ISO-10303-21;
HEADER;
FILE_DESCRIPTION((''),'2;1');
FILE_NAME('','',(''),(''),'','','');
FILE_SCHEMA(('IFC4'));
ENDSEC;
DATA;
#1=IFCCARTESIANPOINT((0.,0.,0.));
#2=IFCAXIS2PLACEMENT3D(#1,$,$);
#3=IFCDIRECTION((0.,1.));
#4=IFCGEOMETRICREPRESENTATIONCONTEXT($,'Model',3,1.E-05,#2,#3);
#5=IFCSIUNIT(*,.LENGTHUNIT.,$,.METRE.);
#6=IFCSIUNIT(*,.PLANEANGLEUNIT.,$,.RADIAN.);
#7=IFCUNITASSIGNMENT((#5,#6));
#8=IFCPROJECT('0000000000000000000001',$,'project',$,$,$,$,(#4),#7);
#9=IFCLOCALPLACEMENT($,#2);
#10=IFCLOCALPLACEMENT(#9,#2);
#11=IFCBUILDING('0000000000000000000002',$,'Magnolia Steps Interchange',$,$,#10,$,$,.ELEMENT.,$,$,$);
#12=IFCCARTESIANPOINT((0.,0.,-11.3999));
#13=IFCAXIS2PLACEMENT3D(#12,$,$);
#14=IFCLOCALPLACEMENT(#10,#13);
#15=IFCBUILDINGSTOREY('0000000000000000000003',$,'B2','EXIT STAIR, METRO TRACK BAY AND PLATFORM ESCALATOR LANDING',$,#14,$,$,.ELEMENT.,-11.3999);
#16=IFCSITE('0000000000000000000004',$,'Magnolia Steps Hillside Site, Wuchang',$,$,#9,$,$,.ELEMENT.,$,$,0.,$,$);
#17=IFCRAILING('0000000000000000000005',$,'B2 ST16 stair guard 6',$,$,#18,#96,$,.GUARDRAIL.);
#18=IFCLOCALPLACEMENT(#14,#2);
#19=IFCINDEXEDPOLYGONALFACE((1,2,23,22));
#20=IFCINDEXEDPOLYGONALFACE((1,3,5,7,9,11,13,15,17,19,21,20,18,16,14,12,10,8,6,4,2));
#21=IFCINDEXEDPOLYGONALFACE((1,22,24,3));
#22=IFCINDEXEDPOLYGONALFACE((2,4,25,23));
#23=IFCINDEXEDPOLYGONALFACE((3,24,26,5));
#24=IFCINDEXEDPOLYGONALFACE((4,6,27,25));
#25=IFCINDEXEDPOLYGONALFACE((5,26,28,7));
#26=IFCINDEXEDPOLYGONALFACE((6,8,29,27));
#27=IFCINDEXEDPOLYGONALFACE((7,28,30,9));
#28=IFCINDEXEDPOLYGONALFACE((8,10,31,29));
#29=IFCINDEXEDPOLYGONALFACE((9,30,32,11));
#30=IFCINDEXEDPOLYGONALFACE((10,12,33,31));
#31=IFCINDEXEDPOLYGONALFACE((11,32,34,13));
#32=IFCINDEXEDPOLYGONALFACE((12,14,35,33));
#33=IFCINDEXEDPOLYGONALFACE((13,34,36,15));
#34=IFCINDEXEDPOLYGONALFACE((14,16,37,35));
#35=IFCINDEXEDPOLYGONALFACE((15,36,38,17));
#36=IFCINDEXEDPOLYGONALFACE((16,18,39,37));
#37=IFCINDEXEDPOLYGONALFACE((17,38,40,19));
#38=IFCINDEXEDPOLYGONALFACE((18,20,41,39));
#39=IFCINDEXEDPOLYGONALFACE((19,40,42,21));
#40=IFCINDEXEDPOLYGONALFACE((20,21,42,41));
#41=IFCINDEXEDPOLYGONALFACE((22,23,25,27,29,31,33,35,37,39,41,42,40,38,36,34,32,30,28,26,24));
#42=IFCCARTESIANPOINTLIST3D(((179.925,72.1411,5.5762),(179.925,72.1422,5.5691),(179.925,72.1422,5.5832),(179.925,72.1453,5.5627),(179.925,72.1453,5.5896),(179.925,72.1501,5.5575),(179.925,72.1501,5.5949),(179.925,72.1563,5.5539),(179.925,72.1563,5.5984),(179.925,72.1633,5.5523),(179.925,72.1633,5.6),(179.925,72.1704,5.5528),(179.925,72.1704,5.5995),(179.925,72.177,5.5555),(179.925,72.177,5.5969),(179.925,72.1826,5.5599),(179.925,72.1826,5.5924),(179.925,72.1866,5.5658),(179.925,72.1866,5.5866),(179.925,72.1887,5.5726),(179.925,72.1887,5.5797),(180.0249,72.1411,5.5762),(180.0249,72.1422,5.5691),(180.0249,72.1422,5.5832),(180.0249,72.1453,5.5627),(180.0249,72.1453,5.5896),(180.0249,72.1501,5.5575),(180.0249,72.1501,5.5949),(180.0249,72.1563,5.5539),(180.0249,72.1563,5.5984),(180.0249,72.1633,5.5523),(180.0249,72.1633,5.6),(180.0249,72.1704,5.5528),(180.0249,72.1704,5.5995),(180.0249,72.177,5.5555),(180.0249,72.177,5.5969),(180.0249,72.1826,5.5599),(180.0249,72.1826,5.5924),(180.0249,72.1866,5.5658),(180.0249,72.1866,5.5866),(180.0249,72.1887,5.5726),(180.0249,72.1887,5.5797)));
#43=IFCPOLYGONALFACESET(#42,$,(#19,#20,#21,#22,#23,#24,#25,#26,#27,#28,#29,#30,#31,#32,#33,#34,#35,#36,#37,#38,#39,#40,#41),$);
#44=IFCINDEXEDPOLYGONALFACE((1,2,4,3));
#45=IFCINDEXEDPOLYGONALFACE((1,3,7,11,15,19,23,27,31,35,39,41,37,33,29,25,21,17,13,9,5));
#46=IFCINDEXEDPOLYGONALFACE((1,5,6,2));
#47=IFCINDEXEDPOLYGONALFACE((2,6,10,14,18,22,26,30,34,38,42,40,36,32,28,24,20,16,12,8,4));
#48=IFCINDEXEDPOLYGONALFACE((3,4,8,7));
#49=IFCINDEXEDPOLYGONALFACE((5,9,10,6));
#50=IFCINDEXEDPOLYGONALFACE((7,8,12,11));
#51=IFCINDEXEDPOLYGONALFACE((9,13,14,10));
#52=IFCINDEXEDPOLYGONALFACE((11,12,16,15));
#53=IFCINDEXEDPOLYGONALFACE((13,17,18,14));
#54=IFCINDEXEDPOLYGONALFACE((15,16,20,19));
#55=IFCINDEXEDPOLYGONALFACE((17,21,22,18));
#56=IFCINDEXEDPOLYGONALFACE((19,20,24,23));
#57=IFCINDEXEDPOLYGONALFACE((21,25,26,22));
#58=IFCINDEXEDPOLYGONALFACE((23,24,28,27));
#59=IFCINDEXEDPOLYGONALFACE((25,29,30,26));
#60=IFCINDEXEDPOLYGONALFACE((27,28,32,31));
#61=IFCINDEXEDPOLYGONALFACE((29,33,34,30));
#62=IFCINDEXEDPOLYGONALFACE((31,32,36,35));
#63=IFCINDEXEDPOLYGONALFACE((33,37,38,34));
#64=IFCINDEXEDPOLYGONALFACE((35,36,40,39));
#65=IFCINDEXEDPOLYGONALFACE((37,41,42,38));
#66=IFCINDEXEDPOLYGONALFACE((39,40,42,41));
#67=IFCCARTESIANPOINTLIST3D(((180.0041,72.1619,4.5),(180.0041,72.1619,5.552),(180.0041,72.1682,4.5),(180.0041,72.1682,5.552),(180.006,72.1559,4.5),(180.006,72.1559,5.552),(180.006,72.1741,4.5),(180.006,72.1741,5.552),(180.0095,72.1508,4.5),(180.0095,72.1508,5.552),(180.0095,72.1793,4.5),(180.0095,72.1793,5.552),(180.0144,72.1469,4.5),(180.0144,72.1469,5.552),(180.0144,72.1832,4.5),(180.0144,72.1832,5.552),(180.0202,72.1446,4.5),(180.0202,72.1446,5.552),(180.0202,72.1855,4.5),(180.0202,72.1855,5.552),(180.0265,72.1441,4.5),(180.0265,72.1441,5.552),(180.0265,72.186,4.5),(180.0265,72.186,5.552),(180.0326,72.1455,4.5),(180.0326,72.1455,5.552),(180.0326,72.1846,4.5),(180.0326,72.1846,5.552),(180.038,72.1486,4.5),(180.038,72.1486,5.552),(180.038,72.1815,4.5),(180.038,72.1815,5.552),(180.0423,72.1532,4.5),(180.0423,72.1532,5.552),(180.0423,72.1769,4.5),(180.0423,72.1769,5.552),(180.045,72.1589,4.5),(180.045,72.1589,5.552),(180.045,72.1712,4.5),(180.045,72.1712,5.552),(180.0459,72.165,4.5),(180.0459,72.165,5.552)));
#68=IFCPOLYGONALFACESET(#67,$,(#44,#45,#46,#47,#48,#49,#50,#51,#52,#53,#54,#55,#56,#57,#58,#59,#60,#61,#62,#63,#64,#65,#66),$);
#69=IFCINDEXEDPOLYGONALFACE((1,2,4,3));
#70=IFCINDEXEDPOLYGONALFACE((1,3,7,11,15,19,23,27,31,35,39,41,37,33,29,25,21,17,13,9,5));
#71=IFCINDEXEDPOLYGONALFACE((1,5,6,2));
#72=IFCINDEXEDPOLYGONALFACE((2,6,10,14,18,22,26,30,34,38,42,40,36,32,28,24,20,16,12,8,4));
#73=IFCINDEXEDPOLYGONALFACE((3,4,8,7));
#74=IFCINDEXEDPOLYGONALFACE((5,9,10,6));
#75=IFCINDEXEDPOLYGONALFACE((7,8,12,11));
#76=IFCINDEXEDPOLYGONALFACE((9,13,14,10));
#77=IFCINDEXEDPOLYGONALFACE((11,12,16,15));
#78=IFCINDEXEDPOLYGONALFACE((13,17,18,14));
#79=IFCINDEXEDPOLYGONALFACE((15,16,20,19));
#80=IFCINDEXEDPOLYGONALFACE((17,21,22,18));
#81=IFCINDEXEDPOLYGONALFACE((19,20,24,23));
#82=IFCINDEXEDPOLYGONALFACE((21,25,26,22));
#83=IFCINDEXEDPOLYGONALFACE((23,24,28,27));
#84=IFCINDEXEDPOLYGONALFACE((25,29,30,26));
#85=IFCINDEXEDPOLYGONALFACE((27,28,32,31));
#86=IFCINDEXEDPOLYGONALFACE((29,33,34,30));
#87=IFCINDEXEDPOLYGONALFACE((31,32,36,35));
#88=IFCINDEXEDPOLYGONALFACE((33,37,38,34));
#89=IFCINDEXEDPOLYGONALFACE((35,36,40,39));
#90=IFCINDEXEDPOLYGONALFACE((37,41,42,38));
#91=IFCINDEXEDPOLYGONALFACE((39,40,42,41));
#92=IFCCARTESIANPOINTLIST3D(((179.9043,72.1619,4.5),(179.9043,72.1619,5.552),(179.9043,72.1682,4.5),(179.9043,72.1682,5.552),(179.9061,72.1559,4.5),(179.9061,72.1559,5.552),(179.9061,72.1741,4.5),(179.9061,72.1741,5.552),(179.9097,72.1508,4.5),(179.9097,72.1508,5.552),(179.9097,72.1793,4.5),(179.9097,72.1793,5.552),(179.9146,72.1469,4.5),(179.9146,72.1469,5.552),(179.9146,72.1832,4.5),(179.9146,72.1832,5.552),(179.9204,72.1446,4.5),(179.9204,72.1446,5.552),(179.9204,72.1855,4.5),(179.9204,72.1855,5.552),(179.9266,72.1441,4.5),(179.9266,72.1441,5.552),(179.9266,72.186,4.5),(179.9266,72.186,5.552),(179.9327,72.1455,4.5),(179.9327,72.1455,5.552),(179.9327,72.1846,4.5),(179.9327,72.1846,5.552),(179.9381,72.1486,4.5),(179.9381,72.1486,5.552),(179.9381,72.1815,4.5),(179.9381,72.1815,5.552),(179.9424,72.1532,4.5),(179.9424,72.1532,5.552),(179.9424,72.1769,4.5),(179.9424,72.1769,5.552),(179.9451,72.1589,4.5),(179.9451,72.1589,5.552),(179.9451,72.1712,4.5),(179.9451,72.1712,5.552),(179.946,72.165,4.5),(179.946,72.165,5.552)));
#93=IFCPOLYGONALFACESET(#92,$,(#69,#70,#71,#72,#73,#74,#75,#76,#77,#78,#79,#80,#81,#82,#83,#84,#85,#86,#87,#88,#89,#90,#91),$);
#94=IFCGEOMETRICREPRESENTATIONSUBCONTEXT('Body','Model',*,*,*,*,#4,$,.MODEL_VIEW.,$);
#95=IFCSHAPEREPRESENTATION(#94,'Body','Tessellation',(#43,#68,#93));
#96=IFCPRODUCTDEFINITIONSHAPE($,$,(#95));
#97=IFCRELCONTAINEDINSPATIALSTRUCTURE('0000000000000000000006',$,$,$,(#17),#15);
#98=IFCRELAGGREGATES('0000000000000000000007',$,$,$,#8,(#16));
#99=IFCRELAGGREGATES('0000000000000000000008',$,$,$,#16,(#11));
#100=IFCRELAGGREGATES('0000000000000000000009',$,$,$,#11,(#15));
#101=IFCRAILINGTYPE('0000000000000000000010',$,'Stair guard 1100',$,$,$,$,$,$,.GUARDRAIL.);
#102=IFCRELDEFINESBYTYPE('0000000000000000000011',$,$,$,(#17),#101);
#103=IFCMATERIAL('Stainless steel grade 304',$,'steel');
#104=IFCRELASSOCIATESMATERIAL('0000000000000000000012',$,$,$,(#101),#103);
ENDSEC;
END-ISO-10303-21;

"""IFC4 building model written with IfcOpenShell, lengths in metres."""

from ifc_helpers import new_model, si_unit, direction, frame, origin, origin_2d, place, context, subcontext, project, spatial, circle, extrude, material, type_object, element, save


model = new_model("IFC4")

# Units and contexts
model_context = context("Model", 3, precision=1e-05, world=origin(), true_north=direction((0.0, 1.0)))
body_context = subcontext(model_context, "Body", "Model", "MODEL_VIEW")
ifc_project = project(units=[si_unit("LENGTHUNIT", "METRE"), si_unit("PLANEANGLEUNIT", "RADIAN")], contexts=[model_context])

# Site, building, storey
site_placement = place(None, origin())
site = spatial("IfcSite", under=ifc_project, at=site_placement, Name="Magnolia Steps Hillside Site, Wuchang", CompositionType="ELEMENT", RefElevation=0.0)
building_placement = place(site_placement, origin())
building = spatial("IfcBuilding", under=site, at=building_placement, Name="Magnolia Steps Interchange", CompositionType="ELEMENT")
storey_placement = place(building_placement, frame((0.0, 0.0, -11.3999)))
storey = spatial("IfcBuildingStorey", under=building, at=storey_placement, Name="B2", Description="EXIT STAIR, METRO TRACK BAY AND PLATFORM ESCALATOR LANDING", CompositionType="ELEMENT", Elevation=-11.3999)

# Railing
ifc_material_1 = material(Name="Stainless steel grade 304", Category="steel")
railing_type_1 = type_object("IfcRailingType", Name="Stair guard 1100", PredefinedType="GUARDRAIL", material=ifc_material_1)
railing_1_placement = place(storey_placement, frame((180.0249, 72.165, 4.5)))
element("IfcRailing", 1, at=railing_1_placement, inside=storey, type_object=railing_type_1, Name="B2 ST16 stair guard 6", PredefinedType="GUARDRAIL", context=body_context, shape_type="SweptSolid", body=[
    extrude(circle(Radius=0.0239, at=origin_2d()), frame((0.0, 0.0, 1.0762), z_axis=(-1.0, 0.0, 0.0), x_axis=(0.0, -1.0, 0.0)), (0.0, 0.0, 1.0), 0.0999),
    extrude(circle(Radius=0.021, at=origin_2d()), origin(), (0.0, 0.0, 1.0), 1.052),
    extrude(circle(Radius=0.021, at=origin_2d()), frame((-0.0999, 0.0, 0.0)), (0.0, 0.0, 1.0), 1.052),
])

save(model, "model.ifc")
